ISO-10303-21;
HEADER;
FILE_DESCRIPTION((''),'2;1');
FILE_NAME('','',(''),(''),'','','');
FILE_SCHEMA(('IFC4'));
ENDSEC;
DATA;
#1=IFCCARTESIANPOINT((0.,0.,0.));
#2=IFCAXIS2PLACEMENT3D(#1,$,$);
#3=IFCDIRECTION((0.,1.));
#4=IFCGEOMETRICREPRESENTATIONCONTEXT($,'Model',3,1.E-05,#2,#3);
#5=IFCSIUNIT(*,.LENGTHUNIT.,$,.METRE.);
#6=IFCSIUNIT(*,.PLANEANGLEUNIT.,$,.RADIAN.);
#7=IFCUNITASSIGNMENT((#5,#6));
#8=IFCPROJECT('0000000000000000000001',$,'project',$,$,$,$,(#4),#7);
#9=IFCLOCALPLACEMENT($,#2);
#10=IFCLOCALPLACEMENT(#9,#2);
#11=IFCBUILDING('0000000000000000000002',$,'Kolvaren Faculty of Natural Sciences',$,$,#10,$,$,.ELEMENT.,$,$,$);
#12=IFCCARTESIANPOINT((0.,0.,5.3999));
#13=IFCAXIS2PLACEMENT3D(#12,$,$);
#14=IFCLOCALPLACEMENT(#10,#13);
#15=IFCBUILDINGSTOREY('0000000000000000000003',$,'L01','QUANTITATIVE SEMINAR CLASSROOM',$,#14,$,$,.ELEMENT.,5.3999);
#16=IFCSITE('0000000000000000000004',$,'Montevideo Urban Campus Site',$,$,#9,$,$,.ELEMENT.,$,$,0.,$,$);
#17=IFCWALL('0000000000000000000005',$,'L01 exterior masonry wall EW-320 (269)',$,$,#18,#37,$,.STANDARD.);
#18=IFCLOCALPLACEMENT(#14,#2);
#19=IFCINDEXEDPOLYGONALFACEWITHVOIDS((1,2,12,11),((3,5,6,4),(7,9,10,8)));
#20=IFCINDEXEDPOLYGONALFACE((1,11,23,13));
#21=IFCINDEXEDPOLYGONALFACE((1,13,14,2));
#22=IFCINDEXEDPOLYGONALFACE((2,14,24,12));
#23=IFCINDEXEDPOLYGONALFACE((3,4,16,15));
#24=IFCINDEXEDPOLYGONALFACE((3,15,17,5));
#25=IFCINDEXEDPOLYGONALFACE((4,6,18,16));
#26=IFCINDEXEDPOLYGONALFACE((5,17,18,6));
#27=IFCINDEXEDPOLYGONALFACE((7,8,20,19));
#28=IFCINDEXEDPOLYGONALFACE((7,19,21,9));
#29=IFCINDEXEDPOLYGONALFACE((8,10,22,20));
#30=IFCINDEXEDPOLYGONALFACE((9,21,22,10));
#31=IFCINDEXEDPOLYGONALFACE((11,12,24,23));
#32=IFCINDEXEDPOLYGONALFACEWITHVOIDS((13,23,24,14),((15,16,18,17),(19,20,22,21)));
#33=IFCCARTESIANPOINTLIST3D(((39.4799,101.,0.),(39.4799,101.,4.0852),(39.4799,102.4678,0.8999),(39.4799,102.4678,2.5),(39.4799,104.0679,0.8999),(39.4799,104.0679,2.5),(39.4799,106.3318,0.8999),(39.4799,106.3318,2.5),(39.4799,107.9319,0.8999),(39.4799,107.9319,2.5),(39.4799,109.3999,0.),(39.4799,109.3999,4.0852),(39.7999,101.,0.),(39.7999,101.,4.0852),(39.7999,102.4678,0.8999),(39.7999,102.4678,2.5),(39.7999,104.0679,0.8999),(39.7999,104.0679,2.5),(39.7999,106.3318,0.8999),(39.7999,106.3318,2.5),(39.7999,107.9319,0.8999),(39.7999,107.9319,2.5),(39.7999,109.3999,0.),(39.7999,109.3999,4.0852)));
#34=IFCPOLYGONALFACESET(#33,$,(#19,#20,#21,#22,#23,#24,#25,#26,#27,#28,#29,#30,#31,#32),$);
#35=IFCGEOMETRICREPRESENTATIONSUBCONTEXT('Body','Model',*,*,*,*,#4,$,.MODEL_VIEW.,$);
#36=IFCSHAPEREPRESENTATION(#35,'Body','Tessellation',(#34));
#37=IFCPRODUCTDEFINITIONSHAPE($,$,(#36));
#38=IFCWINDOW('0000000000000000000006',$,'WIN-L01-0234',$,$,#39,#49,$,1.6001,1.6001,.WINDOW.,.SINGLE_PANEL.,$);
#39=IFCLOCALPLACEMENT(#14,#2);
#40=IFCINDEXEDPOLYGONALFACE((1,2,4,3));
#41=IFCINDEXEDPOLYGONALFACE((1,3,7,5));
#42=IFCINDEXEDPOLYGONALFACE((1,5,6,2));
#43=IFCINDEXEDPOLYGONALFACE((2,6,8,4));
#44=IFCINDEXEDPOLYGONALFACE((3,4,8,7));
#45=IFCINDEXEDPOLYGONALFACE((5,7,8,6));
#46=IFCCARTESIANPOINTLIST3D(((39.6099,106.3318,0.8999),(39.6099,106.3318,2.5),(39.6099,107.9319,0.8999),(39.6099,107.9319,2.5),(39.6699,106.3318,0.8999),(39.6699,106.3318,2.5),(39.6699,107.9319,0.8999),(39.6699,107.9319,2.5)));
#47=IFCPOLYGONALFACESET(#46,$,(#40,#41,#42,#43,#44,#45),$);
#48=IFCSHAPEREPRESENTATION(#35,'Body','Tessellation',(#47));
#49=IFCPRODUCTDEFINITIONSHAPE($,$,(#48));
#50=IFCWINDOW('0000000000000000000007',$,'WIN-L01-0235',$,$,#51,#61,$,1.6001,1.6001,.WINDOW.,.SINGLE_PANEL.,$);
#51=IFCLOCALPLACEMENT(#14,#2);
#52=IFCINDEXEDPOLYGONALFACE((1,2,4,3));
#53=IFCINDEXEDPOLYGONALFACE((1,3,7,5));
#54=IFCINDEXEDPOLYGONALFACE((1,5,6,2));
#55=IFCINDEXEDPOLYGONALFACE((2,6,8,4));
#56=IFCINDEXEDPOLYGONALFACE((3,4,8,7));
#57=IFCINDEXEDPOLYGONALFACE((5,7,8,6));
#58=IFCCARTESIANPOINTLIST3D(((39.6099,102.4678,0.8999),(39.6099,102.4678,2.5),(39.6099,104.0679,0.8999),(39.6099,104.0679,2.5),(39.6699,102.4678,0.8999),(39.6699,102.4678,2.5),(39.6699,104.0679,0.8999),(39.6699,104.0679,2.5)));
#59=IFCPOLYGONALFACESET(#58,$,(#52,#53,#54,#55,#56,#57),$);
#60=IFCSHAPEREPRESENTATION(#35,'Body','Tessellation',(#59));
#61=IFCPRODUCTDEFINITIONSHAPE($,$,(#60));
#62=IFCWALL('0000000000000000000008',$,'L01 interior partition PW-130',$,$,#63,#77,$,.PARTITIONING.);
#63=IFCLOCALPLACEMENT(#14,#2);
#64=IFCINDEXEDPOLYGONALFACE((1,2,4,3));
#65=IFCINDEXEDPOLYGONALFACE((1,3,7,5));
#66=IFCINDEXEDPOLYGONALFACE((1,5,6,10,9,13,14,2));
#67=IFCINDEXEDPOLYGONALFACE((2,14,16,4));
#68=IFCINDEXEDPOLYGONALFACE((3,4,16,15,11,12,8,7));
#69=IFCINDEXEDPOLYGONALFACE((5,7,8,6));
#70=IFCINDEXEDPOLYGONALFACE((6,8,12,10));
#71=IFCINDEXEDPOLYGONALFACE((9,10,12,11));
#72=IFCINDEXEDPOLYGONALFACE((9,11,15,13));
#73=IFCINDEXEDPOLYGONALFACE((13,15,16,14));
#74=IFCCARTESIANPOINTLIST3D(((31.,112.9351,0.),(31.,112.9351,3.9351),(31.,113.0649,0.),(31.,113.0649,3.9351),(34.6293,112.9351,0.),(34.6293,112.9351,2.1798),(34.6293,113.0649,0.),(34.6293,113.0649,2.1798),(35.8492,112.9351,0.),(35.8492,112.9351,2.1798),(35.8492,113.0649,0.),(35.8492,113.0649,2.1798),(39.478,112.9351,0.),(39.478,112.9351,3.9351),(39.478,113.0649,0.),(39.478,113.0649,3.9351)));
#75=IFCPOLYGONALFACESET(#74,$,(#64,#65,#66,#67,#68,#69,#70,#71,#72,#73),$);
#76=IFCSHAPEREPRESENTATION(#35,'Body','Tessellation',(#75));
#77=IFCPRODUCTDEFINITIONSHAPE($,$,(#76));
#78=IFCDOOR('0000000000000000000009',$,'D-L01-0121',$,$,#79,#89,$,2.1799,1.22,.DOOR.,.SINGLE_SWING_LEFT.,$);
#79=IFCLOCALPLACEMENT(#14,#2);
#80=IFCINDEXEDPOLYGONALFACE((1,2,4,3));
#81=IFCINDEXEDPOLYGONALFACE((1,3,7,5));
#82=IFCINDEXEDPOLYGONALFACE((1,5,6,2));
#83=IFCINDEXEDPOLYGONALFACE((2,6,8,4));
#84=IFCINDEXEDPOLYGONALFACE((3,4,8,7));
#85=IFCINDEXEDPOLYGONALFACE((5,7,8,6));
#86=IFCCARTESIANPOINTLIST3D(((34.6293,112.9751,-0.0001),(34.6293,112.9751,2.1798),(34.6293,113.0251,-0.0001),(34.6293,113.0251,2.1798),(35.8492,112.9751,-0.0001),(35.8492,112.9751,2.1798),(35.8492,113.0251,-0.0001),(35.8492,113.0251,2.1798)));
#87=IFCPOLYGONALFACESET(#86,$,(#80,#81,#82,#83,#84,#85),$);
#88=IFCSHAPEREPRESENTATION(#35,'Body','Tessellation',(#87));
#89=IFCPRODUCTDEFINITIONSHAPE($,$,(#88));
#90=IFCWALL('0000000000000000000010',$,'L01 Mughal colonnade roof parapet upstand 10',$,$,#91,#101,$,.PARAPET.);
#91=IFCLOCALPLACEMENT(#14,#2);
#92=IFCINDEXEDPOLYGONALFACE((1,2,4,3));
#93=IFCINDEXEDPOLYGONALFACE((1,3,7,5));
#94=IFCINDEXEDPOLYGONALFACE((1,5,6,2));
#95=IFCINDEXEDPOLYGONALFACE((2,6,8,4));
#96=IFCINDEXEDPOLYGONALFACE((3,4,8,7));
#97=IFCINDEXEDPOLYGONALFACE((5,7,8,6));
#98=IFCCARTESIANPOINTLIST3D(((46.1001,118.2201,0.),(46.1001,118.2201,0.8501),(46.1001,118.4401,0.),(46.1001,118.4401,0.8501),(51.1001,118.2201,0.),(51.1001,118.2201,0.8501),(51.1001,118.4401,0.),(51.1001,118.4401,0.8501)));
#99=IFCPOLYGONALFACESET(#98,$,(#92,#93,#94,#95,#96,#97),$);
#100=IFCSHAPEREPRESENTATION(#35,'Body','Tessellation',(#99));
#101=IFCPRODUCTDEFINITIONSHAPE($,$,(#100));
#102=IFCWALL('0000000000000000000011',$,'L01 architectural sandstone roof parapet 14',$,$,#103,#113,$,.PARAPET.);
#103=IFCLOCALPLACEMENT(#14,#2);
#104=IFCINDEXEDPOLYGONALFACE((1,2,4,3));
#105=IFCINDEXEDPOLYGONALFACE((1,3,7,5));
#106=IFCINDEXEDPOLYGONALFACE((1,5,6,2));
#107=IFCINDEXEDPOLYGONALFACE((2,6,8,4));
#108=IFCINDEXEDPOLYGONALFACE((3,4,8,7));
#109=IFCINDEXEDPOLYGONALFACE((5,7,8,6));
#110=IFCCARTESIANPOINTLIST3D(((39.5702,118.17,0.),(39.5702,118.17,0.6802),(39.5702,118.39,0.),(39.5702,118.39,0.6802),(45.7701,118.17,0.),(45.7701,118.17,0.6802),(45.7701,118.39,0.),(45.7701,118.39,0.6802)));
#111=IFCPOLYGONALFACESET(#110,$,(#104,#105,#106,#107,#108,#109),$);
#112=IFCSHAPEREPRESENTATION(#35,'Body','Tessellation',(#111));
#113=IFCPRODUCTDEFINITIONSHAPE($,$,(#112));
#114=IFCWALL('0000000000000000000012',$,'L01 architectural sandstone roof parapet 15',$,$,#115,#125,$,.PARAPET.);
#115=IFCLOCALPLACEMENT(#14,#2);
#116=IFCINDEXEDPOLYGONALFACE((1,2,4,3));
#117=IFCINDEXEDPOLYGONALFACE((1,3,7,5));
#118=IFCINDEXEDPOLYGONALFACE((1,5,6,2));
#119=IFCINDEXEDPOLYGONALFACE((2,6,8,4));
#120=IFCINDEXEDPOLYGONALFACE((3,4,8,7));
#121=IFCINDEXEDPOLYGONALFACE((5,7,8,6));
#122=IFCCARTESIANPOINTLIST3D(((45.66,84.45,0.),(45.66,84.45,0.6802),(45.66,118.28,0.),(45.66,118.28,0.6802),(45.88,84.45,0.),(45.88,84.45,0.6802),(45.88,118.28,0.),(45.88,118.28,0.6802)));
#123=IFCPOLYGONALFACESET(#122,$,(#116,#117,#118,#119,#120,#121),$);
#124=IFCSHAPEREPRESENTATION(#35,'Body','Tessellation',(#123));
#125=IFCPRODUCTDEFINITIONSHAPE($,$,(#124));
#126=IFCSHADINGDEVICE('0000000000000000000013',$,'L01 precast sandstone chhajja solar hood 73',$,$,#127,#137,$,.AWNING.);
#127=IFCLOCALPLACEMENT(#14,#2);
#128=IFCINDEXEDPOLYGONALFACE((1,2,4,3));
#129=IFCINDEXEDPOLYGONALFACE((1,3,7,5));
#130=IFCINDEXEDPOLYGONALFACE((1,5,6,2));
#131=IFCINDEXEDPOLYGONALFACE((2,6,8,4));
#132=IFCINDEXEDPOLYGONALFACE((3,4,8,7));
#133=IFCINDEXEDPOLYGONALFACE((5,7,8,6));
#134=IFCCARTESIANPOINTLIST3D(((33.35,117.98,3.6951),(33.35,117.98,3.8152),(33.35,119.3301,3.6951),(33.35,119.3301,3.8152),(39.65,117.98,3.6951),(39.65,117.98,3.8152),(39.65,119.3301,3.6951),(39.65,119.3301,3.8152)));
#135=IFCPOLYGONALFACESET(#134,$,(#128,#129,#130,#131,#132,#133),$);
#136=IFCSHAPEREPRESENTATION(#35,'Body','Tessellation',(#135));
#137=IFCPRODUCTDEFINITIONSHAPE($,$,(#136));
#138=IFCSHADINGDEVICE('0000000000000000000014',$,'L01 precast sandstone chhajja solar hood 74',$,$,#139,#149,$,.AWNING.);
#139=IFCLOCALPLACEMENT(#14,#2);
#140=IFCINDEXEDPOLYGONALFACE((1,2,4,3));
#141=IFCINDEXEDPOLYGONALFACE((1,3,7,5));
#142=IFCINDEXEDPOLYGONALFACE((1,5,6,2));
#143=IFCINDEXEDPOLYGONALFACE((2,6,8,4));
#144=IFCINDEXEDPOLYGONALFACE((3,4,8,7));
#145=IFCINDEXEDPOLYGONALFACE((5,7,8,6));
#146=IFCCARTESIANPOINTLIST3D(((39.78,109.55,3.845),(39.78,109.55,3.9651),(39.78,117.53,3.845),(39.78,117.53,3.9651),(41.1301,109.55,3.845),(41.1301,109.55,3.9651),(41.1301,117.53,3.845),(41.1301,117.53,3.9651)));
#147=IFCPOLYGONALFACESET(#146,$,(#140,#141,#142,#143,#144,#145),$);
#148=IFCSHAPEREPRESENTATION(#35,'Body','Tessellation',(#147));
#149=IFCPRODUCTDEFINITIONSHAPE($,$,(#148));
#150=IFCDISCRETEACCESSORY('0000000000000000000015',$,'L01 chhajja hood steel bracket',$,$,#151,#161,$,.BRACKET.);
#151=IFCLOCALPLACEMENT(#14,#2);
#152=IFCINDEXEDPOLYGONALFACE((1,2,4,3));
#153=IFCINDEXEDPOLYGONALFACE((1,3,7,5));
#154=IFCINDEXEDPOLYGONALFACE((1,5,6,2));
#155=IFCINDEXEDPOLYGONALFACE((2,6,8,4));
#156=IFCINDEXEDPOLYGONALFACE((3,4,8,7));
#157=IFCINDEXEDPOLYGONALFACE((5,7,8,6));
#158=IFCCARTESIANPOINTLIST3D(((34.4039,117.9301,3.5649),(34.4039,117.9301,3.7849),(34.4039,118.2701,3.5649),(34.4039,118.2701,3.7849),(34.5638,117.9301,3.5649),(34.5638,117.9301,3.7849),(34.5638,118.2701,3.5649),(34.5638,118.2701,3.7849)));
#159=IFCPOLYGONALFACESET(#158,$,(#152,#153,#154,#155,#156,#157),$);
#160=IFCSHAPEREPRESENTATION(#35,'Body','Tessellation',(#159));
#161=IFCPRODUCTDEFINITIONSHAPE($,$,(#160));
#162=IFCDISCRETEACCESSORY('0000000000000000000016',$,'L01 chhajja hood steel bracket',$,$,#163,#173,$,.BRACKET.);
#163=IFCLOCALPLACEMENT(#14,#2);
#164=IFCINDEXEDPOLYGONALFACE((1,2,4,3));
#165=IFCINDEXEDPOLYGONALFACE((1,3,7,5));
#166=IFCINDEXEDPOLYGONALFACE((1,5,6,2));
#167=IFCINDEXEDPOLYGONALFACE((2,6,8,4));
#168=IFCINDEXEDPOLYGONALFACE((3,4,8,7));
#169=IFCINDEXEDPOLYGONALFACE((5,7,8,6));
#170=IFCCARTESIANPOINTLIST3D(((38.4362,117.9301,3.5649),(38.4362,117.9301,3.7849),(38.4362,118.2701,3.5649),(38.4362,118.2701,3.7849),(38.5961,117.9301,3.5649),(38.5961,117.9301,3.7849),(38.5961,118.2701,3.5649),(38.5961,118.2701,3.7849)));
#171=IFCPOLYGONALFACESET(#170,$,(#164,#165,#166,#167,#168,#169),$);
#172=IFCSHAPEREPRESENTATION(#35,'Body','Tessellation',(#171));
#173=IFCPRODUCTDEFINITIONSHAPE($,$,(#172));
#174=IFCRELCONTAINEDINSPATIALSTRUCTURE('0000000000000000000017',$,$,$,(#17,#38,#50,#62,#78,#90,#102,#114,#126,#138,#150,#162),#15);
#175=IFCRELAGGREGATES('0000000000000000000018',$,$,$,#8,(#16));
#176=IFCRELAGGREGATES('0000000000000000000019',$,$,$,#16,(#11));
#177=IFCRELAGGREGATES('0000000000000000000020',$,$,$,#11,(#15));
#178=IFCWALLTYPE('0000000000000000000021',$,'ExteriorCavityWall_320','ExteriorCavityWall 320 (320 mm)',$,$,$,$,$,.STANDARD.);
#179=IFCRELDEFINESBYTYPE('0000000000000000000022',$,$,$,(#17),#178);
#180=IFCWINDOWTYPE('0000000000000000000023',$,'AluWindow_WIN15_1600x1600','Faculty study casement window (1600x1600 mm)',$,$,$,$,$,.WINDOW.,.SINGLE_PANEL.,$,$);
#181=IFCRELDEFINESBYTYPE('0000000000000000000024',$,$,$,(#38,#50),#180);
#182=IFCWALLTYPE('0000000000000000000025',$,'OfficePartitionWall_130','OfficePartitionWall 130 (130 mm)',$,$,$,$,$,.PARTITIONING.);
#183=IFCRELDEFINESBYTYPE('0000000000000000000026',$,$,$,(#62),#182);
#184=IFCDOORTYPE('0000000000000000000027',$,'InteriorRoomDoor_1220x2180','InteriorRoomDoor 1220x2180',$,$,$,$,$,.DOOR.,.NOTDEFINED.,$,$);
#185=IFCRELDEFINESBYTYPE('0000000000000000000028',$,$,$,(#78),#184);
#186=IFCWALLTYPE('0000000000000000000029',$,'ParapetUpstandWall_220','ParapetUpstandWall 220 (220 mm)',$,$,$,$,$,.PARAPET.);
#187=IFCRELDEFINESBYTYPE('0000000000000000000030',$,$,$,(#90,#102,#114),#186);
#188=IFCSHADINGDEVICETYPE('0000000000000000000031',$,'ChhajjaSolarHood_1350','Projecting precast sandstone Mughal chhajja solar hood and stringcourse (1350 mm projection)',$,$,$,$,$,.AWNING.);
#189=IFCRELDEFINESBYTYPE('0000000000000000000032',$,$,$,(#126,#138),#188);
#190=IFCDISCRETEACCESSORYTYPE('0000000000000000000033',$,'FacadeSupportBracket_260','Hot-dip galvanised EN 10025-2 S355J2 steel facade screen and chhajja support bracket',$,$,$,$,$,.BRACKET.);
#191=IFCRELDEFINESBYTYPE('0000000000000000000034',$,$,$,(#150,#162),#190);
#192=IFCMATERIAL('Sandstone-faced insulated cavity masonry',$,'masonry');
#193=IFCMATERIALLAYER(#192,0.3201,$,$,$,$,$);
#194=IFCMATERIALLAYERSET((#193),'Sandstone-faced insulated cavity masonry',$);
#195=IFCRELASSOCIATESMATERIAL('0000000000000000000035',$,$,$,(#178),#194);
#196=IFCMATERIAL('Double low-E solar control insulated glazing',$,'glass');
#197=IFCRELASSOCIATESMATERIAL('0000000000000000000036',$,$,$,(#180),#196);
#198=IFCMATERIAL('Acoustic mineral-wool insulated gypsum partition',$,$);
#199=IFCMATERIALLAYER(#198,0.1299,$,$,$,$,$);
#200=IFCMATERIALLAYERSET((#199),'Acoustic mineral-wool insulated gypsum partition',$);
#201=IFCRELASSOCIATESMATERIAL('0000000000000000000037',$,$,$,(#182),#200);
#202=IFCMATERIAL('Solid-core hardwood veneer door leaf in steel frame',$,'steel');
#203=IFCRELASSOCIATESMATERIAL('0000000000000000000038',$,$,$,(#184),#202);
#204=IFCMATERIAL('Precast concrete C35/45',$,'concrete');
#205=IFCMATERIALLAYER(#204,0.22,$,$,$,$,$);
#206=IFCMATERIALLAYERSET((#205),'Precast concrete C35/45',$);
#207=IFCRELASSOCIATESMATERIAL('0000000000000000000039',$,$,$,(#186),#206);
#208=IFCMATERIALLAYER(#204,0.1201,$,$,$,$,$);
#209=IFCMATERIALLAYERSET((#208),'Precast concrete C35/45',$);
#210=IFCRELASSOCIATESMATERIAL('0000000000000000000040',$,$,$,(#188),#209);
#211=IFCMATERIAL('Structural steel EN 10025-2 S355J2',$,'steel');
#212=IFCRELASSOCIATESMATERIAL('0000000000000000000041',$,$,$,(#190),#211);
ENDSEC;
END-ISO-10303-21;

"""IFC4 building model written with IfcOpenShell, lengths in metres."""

from ifc_helpers import new_model, si_unit, direction, frame, frame_2d, origin, origin_2d, place, context, subcontext, project, spatial, rectangle, extrude, material, layer, layer_set, type_object, element, fill, save


model = new_model("IFC4")

# Units and contexts
model_context = context("Model", 3, precision=1e-05, world=origin(), true_north=direction((0.0, 1.0)))
body_context = subcontext(model_context, "Body", "Model", "MODEL_VIEW")
ifc_project = project(units=[si_unit("LENGTHUNIT", "METRE"), si_unit("PLANEANGLEUNIT", "RADIAN")], contexts=[model_context])

# Site, building, storey
site_placement = place(None, origin())
site = spatial("IfcSite", under=ifc_project, at=site_placement, Name="Montevideo Urban Campus Site", CompositionType="ELEMENT", RefElevation=0.0)
building_placement = place(site_placement, origin())
building = spatial("IfcBuilding", under=site, at=building_placement, Name="Kolvaren Faculty of Natural Sciences", CompositionType="ELEMENT")
storey_placement = place(building_placement, frame((0.0, 0.0, 5.3999)))
storey = spatial("IfcBuildingStorey", under=building, at=storey_placement, Name="L01", Description="QUANTITATIVE SEMINAR CLASSROOM", CompositionType="ELEMENT", Elevation=5.3999)

# Wall, openings, windows
ifc_material_1 = material(Name="Sandstone-faced insulated cavity masonry", Category="masonry")
ifc_layer_1 = layer(ifc_material_1, 0.3201)
ifc_layer_set_1 = layer_set([ifc_layer_1], Name="Sandstone-faced insulated cavity masonry")
wall_type_1 = type_object("IfcWallType", Name="ExteriorCavityWall_320", Description="ExteriorCavityWall 320 (320 mm)", PredefinedType="STANDARD", material=ifc_layer_set_1)
ifc_material_2 = material(Name="Double low-E solar control insulated glazing", Category="glass")
wall_1_placement = place(storey_placement, frame((39.6399, 109.3999, 0.0), z_axis=(0.0, 0.0, 1.0), x_axis=(0.0, -1.0, 0.0)))
wall_1 = element("IfcWall", 1, at=wall_1_placement, inside=storey, type_object=wall_type_1, Name="L01 exterior masonry wall EW-320 (269)", PredefinedType="STANDARD", context=body_context, shape_type="SweptSolid", body=[
    extrude(rectangle(XDim=8.3999, YDim=0.3201, at=frame_2d((4.2, 0.0))), origin(), (0.0, 0.0, 1.0), 4.0852),
])
opening_1_placement = place(wall_1_placement, frame((1.468, 0.0, 0.8999)))
opening_1 = element("IfcOpeningElement", 2, at=opening_1_placement, cuts=wall_1, PredefinedType="OPENING", context=body_context, shape_type="SweptSolid", body=[
    extrude(rectangle(XDim=1.6001, YDim=1.6001, at=frame_2d((0.8, 0.8))), frame((0.0, 0.1699, 0.0), z_axis=(0.0, -1.0, 0.0), x_axis=(1.0, 0.0, 0.0)), (0.0, 0.0, 1.0), 0.3401),
])
opening_2_placement = place(wall_1_placement, frame((5.332, 0.0, 0.8999)))
opening_2 = element("IfcOpeningElement", 3, at=opening_2_placement, cuts=wall_1, PredefinedType="OPENING", context=body_context, shape_type="SweptSolid", body=[
    extrude(rectangle(XDim=1.6001, YDim=1.6001, at=frame_2d((0.8, 0.8))), frame((0.0, 0.1699, 0.0), z_axis=(0.0, -1.0, 0.0), x_axis=(1.0, 0.0, 0.0)), (0.0, 0.0, 1.0), 0.3401),
])
window_type_1 = type_object("IfcWindowType", Name="AluWindow_WIN15_1600x1600", Description="Faculty study casement window (1600x1600 mm)", PartitioningType="SINGLE_PANEL", PredefinedType="WINDOW", material=ifc_material_2)
window_1_placement = place(opening_1_placement, origin())
window_1 = element("IfcWindow", 4, at=window_1_placement, inside=storey, type_object=window_type_1, Name="WIN-L01-0234", OverallHeight=1.6001, OverallWidth=1.6001, PartitioningType="SINGLE_PANEL", PredefinedType="WINDOW", context=body_context, shape_type="SweptSolid", body=[
    extrude(rectangle(XDim=1.6001, YDim=1.6001, at=frame_2d((0.8, 0.8))), frame((0.0, 0.03, 0.0), z_axis=(0.0, -1.0, 0.0), x_axis=(1.0, 0.0, 0.0)), (0.0, 0.0, 1.0), 0.0601),
])
fill(opening_1, window_1)
window_2_placement = place(opening_2_placement, origin())
window_2 = element("IfcWindow", 5, at=window_2_placement, inside=storey, type_object=window_type_1, Name="WIN-L01-0235", OverallHeight=1.6001, OverallWidth=1.6001, PartitioningType="SINGLE_PANEL", PredefinedType="WINDOW", context=body_context, shape_type="SweptSolid", body=[
    extrude(rectangle(XDim=1.6001, YDim=1.6001, at=frame_2d((0.8, 0.8))), frame((0.0, 0.03, 0.0), z_axis=(0.0, -1.0, 0.0), x_axis=(1.0, 0.0, 0.0)), (0.0, 0.0, 1.0), 0.0601),
])
fill(opening_2, window_2)

# Wall, opening, door
ifc_material_3 = material(Name="Acoustic mineral-wool insulated gypsum partition")
ifc_layer_2 = layer(ifc_material_3, 0.1299)
ifc_layer_set_2 = layer_set([ifc_layer_2], Name="Acoustic mineral-wool insulated gypsum partition")
wall_type_2 = type_object("IfcWallType", Name="OfficePartitionWall_130", Description="OfficePartitionWall 130 (130 mm)", PredefinedType="PARTITIONING", material=ifc_layer_set_2)
wall_2_placement = place(storey_placement, frame((39.478, 113.0, 0.0), z_axis=(0.0, 0.0, 1.0), x_axis=(-1.0, 0.0, 0.0)))
wall_2 = element("IfcWall", 6, at=wall_2_placement, inside=storey, type_object=wall_type_2, Name="L01 interior partition PW-130", PredefinedType="PARTITIONING", context=body_context, shape_type="SweptSolid", body=[
    extrude(rectangle(XDim=8.478, YDim=0.1299, at=frame_2d((4.239, 0.0))), origin(), (0.0, 0.0, 1.0), 3.9351),
])
opening_3_placement = place(wall_2_placement, frame((3.6289, 0.0, 0.0)))
opening_3 = element("IfcOpeningElement", 7, at=opening_3_placement, cuts=wall_2, PredefinedType="OPENING", context=body_context, shape_type="SweptSolid", body=[
    extrude(rectangle(XDim=1.22, YDim=2.1799, at=frame_2d((0.6099, 1.0898))), frame((0.0, 0.075, 0.0), z_axis=(0.0, -1.0, 0.0), x_axis=(1.0, 0.0, 0.0)), (0.0, 0.0, 1.0), 0.1499),
])
ifc_material_4 = material(Name="Solid-core hardwood veneer door leaf in steel frame", Category="steel")
door_type = type_object("IfcDoorType", Name="InteriorRoomDoor_1220x2180", Description="InteriorRoomDoor 1220x2180", OperationType="NOTDEFINED", PredefinedType="DOOR", material=ifc_material_4)
door_placement = place(opening_3_placement, origin())
door = element("IfcDoor", 8, at=door_placement, inside=storey, type_object=door_type, Name="D-L01-0121", OperationType="SINGLE_SWING_LEFT", OverallHeight=2.1799, OverallWidth=1.22, PredefinedType="DOOR", context=body_context, shape_type="SweptSolid", body=[
    extrude(rectangle(XDim=1.22, YDim=2.1799, at=frame_2d((0.6099, 1.0898))), frame((0.0, 0.0249, 0.0), z_axis=(0.0, -1.0, 0.0), x_axis=(1.0, 0.0, 0.0)), (0.0, 0.0, 1.0), 0.05),
])
fill(opening_3, door)

# Walls
ifc_material_5 = material(Name="Precast concrete C35/45", Category="concrete")
ifc_layer_3 = layer(ifc_material_5, 0.22)
ifc_layer_set_3 = layer_set([ifc_layer_3], Name="Precast concrete C35/45")
wall_type_3 = type_object("IfcWallType", Name="ParapetUpstandWall_220", Description="ParapetUpstandWall 220 (220 mm)", PredefinedType="PARAPET", material=ifc_layer_set_3)
wall_3_placement = place(storey_placement, frame((46.1001, 118.3301, 0.0), z_axis=(0.0, 0.0, 1.0), x_axis=(1.0, 0.0, 0.0)))
element("IfcWall", 9, at=wall_3_placement, inside=storey, type_object=wall_type_3, Name="L01 Mughal colonnade roof parapet upstand 10", PredefinedType="PARAPET", context=body_context, shape_type="SweptSolid", body=[
    extrude(rectangle(XDim=5.0, YDim=0.22, at=frame_2d((2.5, 0.0))), origin(), (0.0, 0.0, 1.0), 0.8501),
])
wall_4_placement = place(storey_placement, frame((39.5701, 118.28, 0.0), z_axis=(0.0, 0.0, 1.0), x_axis=(1.0, 0.0, 0.0)))
element("IfcWall", 10, at=wall_4_placement, inside=storey, type_object=wall_type_3, Name="L01 architectural sandstone roof parapet 14", PredefinedType="PARAPET", context=body_context, shape_type="SweptSolid", body=[
    extrude(rectangle(XDim=6.2, YDim=0.22, at=frame_2d((3.1001, 0.0))), origin(), (0.0, 0.0, 1.0), 0.6802),
])
wall_5_placement = place(storey_placement, frame((45.77, 118.28, 0.0), z_axis=(0.0, 0.0, 1.0), x_axis=(0.0, -1.0, 0.0)))
element("IfcWall", 11, at=wall_5_placement, inside=storey, type_object=wall_type_3, Name="L01 architectural sandstone roof parapet 15", PredefinedType="PARAPET", context=body_context, shape_type="SweptSolid", body=[
    extrude(rectangle(XDim=33.8301, YDim=0.22, at=frame_2d((16.915, 0.0))), origin(), (0.0, 0.0, 1.0), 0.6802),
])

# Shading devices
ifc_layer_4 = layer(ifc_material_5, 0.1201)
ifc_layer_set_4 = layer_set([ifc_layer_4], Name="Precast concrete C35/45")
shading_device_type = type_object("IfcShadingDeviceType", Name="ChhajjaSolarHood_1350", Description="Projecting precast sandstone Mughal chhajja solar hood and stringcourse (1350 mm projection)", PredefinedType="AWNING", material=ifc_layer_set_4)
shading_device_1_placement = place(storey_placement, frame((36.5, 118.655, 3.6951), z_axis=(0.0, 0.0, 1.0), x_axis=(1.0, 0.0, 0.0)))
element("IfcShadingDevice", 12, at=shading_device_1_placement, inside=storey, type_object=shading_device_type, Name="L01 precast sandstone chhajja solar hood 73", PredefinedType="AWNING", context=body_context, shape_type="SweptSolid", body=[
    extrude(rectangle(XDim=6.3, YDim=1.3501, at=origin_2d()), origin(), (0.0, 0.0, 1.0), 0.1201),
])
shading_device_2_placement = place(storey_placement, frame((40.4551, 113.54, 3.845), z_axis=(0.0, 0.0, 1.0), x_axis=(0.0, -1.0, 0.0)))
element("IfcShadingDevice", 13, at=shading_device_2_placement, inside=storey, type_object=shading_device_type, Name="L01 precast sandstone chhajja solar hood 74", PredefinedType="AWNING", context=body_context, shape_type="SweptSolid", body=[
    extrude(rectangle(XDim=7.98, YDim=1.3501, at=origin_2d()), origin(), (0.0, 0.0, 1.0), 0.1201),
])

# Discrete accessories
ifc_material_6 = material(Name="Structural steel EN 10025-2 S355J2", Category="steel")
discrete_accessory_type = type_object("IfcDiscreteAccessoryType", Name="FacadeSupportBracket_260", Description="Hot-dip galvanised EN 10025-2 S355J2 steel facade screen and chhajja support bracket", PredefinedType="BRACKET", material=ifc_material_6)
for number, where, z_axis, x_axis, name in (
    (14, (34.4839, 118.1001, 3.5649), (0.0, 0.0, 1.0), (1.0, 0.0, 0.0), "L01 chhajja hood steel bracket"),
    (15, (38.5161, 118.1001, 3.5649), (0.0, 0.0, 1.0), (1.0, 0.0, 0.0), "L01 chhajja hood steel bracket"),
):
    element("IfcDiscreteAccessory", number, at=place(storey_placement, frame(where, z_axis=z_axis, x_axis=x_axis)), inside=storey, type_object=discrete_accessory_type, Name=name, PredefinedType="BRACKET", context=body_context, shape_type="SweptSolid", body=[
        extrude(rectangle(XDim=0.1599, YDim=0.3401, at=origin_2d()), origin(), (0.0, 0.0, 1.0), 0.22),
    ])

save(model, "model.ifc")
